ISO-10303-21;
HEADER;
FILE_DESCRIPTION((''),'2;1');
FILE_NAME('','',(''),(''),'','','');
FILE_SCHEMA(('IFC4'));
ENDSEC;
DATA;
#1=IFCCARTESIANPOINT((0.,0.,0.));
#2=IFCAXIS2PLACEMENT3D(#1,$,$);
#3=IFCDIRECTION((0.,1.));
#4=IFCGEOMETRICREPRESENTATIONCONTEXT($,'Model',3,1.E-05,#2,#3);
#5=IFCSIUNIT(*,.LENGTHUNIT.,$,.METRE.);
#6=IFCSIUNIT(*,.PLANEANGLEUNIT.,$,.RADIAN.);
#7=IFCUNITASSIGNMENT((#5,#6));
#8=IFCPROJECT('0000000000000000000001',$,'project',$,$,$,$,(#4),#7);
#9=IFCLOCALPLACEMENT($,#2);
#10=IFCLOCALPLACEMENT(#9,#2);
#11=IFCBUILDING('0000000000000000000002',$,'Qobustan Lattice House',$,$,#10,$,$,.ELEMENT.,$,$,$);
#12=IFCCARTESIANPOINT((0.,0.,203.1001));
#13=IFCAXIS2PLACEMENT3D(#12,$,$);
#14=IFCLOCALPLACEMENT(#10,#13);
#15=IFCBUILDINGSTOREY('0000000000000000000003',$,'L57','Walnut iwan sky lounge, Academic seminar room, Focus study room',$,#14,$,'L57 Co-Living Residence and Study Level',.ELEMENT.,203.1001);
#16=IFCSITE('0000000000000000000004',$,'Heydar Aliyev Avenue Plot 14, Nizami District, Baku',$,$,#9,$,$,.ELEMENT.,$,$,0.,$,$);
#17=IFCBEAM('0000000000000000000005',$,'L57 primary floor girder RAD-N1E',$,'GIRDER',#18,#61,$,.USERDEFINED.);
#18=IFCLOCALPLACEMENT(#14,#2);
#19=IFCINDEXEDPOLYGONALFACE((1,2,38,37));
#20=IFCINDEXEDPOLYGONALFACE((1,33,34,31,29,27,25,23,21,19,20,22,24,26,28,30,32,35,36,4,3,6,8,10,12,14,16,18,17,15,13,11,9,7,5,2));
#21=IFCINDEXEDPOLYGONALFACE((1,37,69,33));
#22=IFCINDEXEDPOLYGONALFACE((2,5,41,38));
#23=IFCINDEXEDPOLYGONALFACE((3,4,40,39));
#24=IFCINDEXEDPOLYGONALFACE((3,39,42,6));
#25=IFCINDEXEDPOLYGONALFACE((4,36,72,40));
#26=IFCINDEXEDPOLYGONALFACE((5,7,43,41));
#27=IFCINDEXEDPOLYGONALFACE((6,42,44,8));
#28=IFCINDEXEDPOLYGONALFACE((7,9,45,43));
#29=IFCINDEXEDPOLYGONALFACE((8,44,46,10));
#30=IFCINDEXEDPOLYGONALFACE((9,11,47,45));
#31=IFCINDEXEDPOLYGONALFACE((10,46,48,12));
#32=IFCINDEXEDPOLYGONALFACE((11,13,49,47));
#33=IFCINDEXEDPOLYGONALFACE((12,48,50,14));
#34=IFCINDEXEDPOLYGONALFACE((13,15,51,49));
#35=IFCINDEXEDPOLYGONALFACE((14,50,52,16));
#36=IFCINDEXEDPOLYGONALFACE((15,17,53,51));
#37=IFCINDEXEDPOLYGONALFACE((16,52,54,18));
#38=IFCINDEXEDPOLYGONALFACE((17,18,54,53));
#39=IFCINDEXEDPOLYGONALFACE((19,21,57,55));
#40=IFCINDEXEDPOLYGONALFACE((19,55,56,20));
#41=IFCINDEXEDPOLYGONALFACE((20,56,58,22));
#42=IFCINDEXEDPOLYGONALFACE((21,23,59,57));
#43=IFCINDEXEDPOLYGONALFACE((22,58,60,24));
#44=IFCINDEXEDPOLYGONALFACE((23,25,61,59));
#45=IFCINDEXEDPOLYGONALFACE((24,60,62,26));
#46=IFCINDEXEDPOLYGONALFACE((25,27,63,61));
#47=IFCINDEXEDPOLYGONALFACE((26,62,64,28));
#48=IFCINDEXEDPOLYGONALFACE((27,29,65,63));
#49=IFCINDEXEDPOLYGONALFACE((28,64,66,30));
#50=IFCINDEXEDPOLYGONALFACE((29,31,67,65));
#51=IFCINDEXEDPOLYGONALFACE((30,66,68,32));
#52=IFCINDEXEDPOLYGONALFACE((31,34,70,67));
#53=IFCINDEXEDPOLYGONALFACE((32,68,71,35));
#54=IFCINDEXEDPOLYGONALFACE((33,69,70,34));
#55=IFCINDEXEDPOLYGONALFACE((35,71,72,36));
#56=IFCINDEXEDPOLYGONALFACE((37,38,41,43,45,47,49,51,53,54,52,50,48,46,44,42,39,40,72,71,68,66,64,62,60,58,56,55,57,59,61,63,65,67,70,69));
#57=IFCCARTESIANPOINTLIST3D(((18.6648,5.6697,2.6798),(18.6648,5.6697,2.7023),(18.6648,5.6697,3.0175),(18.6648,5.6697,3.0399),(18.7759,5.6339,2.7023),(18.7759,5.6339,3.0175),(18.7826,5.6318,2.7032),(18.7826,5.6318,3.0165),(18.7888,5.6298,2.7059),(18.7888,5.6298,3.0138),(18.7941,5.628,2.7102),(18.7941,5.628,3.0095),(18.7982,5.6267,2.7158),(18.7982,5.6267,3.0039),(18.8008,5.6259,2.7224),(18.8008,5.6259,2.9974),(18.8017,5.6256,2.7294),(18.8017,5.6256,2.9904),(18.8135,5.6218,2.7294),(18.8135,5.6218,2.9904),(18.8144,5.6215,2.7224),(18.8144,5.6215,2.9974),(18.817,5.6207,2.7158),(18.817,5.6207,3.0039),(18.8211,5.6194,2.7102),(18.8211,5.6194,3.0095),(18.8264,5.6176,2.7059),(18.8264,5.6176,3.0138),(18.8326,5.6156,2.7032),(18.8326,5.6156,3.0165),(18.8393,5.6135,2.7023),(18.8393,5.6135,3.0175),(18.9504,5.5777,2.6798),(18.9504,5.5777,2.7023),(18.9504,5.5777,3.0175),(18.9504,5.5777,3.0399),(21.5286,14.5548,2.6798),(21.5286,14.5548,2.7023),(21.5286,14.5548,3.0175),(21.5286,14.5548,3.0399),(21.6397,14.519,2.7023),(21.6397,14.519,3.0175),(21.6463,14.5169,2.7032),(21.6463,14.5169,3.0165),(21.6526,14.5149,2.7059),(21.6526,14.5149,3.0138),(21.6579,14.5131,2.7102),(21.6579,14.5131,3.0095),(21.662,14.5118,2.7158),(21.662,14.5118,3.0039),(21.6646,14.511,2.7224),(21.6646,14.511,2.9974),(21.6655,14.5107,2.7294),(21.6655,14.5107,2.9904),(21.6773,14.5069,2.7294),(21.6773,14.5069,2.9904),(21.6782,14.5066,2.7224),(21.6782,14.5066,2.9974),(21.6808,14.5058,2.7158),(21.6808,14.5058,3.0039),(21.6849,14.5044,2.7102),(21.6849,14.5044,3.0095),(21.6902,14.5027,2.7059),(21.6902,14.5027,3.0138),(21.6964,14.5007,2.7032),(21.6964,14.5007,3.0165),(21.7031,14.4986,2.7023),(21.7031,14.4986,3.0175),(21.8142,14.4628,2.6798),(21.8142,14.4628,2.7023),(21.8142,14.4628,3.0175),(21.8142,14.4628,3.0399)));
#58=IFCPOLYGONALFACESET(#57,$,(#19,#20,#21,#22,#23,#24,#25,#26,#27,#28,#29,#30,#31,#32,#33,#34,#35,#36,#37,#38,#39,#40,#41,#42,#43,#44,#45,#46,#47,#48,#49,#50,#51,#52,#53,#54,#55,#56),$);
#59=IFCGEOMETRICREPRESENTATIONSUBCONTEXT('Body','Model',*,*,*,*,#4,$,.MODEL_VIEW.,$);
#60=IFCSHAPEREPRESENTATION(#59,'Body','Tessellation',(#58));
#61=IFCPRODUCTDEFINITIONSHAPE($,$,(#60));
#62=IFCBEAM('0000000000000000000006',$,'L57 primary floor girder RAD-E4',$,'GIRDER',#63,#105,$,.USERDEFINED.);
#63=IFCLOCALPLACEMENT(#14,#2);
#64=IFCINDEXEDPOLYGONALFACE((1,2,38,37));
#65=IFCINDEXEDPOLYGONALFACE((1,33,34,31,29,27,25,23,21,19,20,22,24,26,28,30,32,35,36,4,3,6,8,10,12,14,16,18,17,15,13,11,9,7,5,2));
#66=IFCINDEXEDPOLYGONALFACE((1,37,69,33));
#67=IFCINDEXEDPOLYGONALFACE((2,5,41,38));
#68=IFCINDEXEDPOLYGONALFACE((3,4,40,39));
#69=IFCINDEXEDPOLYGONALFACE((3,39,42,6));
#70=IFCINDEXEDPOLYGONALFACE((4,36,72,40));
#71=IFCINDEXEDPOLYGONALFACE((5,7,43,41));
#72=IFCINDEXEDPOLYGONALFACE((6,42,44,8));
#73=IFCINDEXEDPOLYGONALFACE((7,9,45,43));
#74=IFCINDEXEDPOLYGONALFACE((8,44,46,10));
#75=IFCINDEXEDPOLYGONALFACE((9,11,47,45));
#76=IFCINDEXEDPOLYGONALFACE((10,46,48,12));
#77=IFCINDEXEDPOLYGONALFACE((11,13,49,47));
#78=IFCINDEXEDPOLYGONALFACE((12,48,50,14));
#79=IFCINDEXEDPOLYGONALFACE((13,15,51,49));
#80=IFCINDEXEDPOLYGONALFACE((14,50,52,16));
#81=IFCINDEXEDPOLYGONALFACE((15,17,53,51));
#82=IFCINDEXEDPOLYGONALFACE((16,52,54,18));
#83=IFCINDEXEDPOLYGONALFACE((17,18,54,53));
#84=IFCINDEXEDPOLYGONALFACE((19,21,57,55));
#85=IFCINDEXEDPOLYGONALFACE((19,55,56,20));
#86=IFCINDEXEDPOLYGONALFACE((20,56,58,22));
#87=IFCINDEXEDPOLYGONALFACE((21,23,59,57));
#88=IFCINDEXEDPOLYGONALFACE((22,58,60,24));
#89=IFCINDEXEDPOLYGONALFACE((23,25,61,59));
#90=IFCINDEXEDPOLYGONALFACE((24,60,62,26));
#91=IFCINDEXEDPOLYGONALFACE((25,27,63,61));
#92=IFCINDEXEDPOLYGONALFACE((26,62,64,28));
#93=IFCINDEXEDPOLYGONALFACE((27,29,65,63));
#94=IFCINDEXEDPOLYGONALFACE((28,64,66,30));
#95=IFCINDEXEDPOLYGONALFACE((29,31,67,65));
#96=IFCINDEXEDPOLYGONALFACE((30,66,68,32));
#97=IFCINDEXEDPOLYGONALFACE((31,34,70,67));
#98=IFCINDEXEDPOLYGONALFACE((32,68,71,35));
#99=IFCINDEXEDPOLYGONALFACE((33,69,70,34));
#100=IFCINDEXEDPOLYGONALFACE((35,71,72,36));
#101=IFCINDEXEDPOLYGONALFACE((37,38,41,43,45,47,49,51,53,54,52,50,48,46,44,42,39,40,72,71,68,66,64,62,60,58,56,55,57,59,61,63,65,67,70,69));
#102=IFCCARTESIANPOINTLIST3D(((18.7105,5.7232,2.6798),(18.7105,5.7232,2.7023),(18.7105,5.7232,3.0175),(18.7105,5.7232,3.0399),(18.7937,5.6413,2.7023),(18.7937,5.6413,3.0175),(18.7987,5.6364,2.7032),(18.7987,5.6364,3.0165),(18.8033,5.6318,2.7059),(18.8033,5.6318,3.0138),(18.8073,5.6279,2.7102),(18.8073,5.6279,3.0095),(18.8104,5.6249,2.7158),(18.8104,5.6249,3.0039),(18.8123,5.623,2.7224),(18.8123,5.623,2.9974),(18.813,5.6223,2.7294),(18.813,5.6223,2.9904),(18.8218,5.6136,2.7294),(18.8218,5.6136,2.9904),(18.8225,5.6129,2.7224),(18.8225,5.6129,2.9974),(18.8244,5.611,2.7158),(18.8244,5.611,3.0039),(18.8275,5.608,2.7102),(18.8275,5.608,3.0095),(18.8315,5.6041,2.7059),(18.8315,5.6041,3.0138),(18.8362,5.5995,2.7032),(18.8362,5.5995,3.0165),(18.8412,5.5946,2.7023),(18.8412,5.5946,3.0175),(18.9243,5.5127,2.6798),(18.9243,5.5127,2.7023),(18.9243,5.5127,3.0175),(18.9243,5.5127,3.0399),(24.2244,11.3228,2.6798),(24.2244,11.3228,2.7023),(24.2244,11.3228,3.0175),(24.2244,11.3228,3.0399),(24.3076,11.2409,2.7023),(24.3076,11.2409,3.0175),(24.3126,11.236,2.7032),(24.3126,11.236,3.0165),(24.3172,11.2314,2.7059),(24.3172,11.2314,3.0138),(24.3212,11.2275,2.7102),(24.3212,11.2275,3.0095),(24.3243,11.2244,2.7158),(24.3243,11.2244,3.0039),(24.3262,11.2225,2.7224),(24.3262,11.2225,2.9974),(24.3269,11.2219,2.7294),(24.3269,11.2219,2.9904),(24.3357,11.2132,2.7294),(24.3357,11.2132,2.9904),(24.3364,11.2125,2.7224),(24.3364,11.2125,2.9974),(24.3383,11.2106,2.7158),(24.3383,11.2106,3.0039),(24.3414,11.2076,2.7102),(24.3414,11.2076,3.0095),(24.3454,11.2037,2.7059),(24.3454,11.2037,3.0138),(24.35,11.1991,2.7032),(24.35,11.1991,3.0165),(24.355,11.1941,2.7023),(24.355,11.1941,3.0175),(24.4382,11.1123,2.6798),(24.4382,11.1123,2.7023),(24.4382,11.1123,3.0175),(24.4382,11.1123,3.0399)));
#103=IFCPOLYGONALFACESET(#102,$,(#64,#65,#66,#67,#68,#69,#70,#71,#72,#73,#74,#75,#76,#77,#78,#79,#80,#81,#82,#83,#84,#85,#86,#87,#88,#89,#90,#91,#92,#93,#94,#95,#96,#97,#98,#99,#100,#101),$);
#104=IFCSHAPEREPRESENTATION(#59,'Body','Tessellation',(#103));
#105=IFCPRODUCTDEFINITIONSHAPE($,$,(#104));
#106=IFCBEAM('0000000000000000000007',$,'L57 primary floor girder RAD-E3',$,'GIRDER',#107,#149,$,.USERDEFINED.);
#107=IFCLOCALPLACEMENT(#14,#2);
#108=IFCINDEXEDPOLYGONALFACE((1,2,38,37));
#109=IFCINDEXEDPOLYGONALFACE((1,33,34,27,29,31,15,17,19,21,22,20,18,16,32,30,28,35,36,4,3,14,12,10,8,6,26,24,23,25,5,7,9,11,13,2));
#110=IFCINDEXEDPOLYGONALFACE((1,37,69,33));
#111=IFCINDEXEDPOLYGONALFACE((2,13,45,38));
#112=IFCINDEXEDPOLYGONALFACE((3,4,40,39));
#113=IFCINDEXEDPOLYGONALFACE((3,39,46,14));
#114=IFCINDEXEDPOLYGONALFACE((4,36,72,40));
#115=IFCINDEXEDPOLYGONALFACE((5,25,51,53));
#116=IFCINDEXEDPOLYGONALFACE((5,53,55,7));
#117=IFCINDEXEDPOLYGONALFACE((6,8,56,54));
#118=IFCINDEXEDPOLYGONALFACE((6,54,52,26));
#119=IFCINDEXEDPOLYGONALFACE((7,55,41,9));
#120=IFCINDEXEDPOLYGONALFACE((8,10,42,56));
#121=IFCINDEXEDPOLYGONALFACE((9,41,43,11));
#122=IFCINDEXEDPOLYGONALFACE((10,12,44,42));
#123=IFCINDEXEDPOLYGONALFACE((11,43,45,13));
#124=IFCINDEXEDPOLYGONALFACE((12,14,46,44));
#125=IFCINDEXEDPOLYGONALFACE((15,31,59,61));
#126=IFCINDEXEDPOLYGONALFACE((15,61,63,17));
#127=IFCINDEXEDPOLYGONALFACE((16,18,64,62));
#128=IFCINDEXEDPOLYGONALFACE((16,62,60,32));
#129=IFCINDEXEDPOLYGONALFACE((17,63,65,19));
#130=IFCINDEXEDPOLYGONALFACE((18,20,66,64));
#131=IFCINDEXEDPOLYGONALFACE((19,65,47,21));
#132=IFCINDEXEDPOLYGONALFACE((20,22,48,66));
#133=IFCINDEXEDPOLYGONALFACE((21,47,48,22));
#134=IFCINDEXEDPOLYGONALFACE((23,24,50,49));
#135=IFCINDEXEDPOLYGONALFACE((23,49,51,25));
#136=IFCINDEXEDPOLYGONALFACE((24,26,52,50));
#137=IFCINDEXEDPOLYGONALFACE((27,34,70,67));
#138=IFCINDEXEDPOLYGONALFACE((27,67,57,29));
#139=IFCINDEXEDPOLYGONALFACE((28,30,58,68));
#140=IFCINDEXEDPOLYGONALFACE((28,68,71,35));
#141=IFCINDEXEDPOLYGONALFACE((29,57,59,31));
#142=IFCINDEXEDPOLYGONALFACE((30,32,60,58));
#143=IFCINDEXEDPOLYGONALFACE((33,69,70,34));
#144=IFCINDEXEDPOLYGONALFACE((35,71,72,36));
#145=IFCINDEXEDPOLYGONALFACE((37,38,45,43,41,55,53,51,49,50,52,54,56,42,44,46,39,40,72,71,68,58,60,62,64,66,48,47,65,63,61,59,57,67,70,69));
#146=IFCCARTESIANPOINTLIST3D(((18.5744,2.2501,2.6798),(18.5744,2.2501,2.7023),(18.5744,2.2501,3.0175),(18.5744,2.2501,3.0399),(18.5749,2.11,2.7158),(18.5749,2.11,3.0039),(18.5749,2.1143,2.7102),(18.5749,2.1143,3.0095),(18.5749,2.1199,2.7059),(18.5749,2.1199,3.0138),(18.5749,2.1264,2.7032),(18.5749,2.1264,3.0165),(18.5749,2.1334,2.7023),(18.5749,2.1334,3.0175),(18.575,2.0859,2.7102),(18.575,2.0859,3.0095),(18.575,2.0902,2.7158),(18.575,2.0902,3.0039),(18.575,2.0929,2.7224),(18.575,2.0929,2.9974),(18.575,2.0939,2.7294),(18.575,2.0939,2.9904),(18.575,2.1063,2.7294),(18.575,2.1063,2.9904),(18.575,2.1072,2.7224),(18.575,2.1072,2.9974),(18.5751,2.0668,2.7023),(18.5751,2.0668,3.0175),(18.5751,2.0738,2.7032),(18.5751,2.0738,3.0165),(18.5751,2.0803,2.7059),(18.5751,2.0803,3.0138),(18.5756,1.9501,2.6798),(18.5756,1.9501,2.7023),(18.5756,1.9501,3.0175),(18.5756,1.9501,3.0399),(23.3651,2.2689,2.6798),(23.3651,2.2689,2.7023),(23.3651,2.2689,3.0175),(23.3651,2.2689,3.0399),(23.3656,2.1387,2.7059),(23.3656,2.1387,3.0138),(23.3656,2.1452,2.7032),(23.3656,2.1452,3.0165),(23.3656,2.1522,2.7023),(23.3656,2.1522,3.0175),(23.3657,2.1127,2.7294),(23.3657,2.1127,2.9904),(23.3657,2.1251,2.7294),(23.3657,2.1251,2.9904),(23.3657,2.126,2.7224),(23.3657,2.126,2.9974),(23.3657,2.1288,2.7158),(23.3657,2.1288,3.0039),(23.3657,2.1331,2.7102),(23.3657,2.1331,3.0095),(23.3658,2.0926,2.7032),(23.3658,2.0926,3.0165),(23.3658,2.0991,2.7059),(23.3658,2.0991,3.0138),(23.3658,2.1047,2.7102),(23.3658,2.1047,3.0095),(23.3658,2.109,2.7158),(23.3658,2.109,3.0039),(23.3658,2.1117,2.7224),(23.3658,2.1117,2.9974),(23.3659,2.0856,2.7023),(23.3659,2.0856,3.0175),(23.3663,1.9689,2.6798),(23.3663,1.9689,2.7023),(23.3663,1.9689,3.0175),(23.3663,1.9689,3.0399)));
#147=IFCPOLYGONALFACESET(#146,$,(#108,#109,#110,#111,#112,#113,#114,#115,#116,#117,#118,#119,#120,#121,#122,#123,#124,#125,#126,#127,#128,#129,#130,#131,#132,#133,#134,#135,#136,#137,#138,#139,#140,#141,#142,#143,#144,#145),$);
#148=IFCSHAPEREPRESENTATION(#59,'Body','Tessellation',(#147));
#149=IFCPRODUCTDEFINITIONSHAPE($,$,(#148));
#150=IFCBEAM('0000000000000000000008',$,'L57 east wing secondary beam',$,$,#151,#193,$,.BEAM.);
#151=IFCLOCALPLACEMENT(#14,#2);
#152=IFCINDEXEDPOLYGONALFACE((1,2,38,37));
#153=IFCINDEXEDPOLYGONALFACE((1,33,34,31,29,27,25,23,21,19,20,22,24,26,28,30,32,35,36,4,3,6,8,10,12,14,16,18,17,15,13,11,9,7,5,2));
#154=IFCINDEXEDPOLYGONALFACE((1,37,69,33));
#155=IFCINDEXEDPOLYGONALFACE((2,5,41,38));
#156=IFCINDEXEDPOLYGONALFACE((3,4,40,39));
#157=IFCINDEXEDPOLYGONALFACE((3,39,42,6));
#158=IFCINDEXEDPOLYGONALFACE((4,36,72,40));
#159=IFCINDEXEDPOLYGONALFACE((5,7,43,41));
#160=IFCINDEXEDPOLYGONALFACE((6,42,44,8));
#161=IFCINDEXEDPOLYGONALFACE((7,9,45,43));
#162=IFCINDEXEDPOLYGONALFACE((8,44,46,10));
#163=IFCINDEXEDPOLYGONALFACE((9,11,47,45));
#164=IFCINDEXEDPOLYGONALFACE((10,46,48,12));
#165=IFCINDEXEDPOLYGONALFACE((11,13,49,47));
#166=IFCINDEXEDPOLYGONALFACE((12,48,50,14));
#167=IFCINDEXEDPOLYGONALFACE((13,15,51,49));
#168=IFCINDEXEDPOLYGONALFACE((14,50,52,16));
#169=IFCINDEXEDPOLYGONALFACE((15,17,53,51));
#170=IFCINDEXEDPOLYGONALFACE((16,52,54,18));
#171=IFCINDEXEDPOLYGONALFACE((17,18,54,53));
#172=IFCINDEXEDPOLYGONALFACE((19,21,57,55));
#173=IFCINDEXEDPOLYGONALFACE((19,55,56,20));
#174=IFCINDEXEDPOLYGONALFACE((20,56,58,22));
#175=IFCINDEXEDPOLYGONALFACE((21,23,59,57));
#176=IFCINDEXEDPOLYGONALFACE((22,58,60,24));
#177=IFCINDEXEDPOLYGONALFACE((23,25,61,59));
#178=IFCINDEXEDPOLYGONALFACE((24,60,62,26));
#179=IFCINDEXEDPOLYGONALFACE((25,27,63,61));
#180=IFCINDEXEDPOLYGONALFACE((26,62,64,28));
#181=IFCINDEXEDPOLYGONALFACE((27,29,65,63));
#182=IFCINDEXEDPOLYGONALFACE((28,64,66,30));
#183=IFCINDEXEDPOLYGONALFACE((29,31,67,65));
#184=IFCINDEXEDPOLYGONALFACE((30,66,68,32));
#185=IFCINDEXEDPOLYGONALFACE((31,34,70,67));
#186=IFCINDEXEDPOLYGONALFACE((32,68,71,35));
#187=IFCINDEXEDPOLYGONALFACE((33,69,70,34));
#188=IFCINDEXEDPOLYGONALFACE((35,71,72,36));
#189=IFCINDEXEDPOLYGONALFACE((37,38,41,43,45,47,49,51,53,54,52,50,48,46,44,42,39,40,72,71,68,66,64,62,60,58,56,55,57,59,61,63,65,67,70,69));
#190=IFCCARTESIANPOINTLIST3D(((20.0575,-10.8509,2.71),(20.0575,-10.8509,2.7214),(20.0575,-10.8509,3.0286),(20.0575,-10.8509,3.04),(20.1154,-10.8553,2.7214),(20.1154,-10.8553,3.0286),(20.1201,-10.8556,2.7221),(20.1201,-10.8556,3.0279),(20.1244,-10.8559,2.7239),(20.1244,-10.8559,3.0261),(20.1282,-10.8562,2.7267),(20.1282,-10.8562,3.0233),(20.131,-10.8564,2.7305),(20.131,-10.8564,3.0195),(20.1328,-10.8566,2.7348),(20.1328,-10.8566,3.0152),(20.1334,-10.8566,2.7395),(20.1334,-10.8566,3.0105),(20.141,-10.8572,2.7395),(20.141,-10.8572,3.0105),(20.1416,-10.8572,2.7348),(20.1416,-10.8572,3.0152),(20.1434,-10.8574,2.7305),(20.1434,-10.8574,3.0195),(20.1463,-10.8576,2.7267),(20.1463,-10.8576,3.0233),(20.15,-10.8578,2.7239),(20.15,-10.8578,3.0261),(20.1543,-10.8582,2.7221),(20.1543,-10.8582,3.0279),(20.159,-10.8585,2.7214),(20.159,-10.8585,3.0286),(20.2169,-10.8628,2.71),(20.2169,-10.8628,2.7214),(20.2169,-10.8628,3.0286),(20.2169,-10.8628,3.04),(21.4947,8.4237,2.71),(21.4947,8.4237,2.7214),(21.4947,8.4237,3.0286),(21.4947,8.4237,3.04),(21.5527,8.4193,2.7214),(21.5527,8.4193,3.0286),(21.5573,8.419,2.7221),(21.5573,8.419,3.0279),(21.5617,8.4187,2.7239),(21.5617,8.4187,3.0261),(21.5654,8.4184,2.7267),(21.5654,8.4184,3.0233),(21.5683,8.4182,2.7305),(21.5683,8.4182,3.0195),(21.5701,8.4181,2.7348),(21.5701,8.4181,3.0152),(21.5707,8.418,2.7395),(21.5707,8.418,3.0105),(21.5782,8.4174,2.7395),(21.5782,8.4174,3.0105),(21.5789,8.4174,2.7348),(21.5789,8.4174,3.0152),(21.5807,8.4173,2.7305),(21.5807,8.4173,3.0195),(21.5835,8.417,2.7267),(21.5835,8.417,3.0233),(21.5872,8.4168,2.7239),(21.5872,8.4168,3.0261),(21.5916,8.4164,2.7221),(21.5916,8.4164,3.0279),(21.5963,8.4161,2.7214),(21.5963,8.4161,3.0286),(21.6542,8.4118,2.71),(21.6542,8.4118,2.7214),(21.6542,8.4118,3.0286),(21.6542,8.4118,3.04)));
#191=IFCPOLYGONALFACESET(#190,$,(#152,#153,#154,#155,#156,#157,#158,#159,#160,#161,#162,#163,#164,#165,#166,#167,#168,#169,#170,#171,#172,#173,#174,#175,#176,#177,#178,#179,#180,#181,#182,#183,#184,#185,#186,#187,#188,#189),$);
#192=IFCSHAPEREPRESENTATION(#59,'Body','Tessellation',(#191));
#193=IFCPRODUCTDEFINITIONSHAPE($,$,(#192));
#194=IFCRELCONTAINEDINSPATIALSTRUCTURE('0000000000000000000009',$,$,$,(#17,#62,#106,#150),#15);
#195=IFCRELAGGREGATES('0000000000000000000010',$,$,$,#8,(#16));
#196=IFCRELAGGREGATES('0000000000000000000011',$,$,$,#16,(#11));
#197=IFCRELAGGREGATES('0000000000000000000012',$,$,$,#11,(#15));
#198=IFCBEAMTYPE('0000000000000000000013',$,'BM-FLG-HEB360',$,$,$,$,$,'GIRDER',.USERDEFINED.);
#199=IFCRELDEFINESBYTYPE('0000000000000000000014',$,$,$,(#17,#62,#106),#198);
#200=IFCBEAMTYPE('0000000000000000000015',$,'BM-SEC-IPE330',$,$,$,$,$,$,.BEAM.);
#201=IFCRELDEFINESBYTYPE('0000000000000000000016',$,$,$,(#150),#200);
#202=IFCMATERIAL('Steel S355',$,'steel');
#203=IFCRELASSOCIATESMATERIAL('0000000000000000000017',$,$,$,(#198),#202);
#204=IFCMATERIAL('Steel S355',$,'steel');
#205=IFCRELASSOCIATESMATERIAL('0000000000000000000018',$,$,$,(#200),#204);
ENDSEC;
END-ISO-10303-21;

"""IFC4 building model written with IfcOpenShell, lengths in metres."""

from ifc_helpers import new_model, si_unit, direction, frame, origin, origin_2d, place, context, subcontext, project, spatial, i_section, extrude, material, material_profile, profile_set, type_object, element, save


model = new_model("IFC4")

# Units and contexts
model_context = context("Model", 3, precision=1e-05, world=origin(), true_north=direction((0.0, 1.0)))
body_context = subcontext(model_context, "Body", "Model", "MODEL_VIEW")
ifc_project = project(units=[si_unit("LENGTHUNIT", "METRE"), si_unit("PLANEANGLEUNIT", "RADIAN")], contexts=[model_context])

# Site, building, storey
site_placement = place(None, origin())
site = spatial("IfcSite", under=ifc_project, at=site_placement, Name="Heydar Aliyev Avenue Plot 14, Nizami District, Baku", CompositionType="ELEMENT", RefElevation=0.0)
building_placement = place(site_placement, origin())
building = spatial("IfcBuilding", under=site, at=building_placement, Name="Qobustan Lattice House", CompositionType="ELEMENT")
storey_placement = place(building_placement, frame((0.0, 0.0, 203.1001)))
storey = spatial("IfcBuildingStorey", under=building, at=storey_placement, Name="L57", Description="Walnut iwan sky lounge, Academic seminar room, Focus study room", LongName="L57 Co-Living Residence and Study Level", CompositionType="ELEMENT", Elevation=203.1001)

# Beams
ifc_material_1 = material(Name="Steel S355", Category="steel")
ifc_material_profile_1 = material_profile(ifc_material_1, i_section(OverallWidth=0.3, OverallDepth=0.3601, WebThickness=0.0125, FlangeThickness=0.0225, FilletRadius=0.0271, at=origin_2d()), Name="HEB360")
ifc_profile_set_1 = profile_set([ifc_material_profile_1], Name="Steel S355")
beam_type_1 = type_object("IfcBeamType", Name="BM-FLG-HEB360", ElementType="GIRDER", PredefinedType="USERDEFINED", material=ifc_profile_set_1)
beam_1_placement = place(storey_placement, frame((21.6714, 14.5088, 2.8599), z_axis=(-0.306774, -0.951783, 0.0), x_axis=(0.951783, -0.306774, 0.0)))
element("IfcBeam", 1, at=beam_1_placement, inside=storey, type_object=beam_type_1, Name="L57 primary floor girder RAD-N1E", ObjectType="GIRDER", PredefinedType="USERDEFINED", context=body_context, shape_type="SweptSolid", body=[
    extrude(i_section(OverallWidth=0.3, OverallDepth=0.3601, WebThickness=0.0125, FlangeThickness=0.0225, FilletRadius=0.0271, at=origin_2d()), origin(), (0.0, 0.0, 1.0), 9.3352),
])
beam_2_placement = place(storey_placement, frame((24.3313, 11.2175, 2.8599), z_axis=(-0.701634, -0.712538, 0.0), x_axis=(0.712538, -0.701634, 0.0)))
element("IfcBeam", 2, at=beam_2_placement, inside=storey, type_object=beam_type_1, Name="L57 primary floor girder RAD-E4", ObjectType="GIRDER", PredefinedType="USERDEFINED", context=body_context, shape_type="SweptSolid", body=[
    extrude(i_section(OverallWidth=0.3, OverallDepth=0.3601, WebThickness=0.0125, FlangeThickness=0.0225, FilletRadius=0.0271, at=origin_2d()), origin(), (0.0, 0.0, 1.0), 7.8586),
])
beam_3_placement = place(storey_placement, frame((23.3657, 2.1189, 2.8599), z_axis=(-0.999992, -0.003924, 0.0), x_axis=(0.003924, -0.999992, 0.0)))
element("IfcBeam", 3, at=beam_3_placement, inside=storey, type_object=beam_type_1, Name="L57 primary floor girder RAD-E3", ObjectType="GIRDER", PredefinedType="USERDEFINED", context=body_context, shape_type="SweptSolid", body=[
    extrude(i_section(OverallWidth=0.3, OverallDepth=0.3601, WebThickness=0.0125, FlangeThickness=0.0225, FilletRadius=0.0271, at=origin_2d()), origin(), (0.0, 0.0, 1.0), 4.7908),
])
ifc_material_2 = material(Name="Steel S355", Category="steel")
ifc_material_profile_2 = material_profile(ifc_material_2, i_section(OverallWidth=0.1599, OverallDepth=0.3301, WebThickness=0.0076, FlangeThickness=0.0115, FilletRadius=0.0181, at=origin_2d()), Name="IPE330")
ifc_profile_set_2 = profile_set([ifc_material_profile_2], Name="Steel S355")
beam_type_2 = type_object("IfcBeamType", Name="BM-SEC-IPE330", PredefinedType="BEAM", material=ifc_profile_set_2)
beam_4_placement = place(storey_placement, frame((21.5745, 8.4177, 2.875), z_axis=(-0.074361, -0.997231, 0.0), x_axis=(0.997231, -0.074361, 0.0)))
element("IfcBeam", 4, at=beam_4_placement, inside=storey, type_object=beam_type_2, Name="L57 east wing secondary beam", PredefinedType="BEAM", context=body_context, shape_type="SweptSolid", body=[
    extrude(i_section(OverallWidth=0.1599, OverallDepth=0.3301, WebThickness=0.0076, FlangeThickness=0.0115, FilletRadius=0.0181, at=origin_2d()), origin(), (0.0, 0.0, 1.0), 19.3281),
])

save(model, "model.ifc")
